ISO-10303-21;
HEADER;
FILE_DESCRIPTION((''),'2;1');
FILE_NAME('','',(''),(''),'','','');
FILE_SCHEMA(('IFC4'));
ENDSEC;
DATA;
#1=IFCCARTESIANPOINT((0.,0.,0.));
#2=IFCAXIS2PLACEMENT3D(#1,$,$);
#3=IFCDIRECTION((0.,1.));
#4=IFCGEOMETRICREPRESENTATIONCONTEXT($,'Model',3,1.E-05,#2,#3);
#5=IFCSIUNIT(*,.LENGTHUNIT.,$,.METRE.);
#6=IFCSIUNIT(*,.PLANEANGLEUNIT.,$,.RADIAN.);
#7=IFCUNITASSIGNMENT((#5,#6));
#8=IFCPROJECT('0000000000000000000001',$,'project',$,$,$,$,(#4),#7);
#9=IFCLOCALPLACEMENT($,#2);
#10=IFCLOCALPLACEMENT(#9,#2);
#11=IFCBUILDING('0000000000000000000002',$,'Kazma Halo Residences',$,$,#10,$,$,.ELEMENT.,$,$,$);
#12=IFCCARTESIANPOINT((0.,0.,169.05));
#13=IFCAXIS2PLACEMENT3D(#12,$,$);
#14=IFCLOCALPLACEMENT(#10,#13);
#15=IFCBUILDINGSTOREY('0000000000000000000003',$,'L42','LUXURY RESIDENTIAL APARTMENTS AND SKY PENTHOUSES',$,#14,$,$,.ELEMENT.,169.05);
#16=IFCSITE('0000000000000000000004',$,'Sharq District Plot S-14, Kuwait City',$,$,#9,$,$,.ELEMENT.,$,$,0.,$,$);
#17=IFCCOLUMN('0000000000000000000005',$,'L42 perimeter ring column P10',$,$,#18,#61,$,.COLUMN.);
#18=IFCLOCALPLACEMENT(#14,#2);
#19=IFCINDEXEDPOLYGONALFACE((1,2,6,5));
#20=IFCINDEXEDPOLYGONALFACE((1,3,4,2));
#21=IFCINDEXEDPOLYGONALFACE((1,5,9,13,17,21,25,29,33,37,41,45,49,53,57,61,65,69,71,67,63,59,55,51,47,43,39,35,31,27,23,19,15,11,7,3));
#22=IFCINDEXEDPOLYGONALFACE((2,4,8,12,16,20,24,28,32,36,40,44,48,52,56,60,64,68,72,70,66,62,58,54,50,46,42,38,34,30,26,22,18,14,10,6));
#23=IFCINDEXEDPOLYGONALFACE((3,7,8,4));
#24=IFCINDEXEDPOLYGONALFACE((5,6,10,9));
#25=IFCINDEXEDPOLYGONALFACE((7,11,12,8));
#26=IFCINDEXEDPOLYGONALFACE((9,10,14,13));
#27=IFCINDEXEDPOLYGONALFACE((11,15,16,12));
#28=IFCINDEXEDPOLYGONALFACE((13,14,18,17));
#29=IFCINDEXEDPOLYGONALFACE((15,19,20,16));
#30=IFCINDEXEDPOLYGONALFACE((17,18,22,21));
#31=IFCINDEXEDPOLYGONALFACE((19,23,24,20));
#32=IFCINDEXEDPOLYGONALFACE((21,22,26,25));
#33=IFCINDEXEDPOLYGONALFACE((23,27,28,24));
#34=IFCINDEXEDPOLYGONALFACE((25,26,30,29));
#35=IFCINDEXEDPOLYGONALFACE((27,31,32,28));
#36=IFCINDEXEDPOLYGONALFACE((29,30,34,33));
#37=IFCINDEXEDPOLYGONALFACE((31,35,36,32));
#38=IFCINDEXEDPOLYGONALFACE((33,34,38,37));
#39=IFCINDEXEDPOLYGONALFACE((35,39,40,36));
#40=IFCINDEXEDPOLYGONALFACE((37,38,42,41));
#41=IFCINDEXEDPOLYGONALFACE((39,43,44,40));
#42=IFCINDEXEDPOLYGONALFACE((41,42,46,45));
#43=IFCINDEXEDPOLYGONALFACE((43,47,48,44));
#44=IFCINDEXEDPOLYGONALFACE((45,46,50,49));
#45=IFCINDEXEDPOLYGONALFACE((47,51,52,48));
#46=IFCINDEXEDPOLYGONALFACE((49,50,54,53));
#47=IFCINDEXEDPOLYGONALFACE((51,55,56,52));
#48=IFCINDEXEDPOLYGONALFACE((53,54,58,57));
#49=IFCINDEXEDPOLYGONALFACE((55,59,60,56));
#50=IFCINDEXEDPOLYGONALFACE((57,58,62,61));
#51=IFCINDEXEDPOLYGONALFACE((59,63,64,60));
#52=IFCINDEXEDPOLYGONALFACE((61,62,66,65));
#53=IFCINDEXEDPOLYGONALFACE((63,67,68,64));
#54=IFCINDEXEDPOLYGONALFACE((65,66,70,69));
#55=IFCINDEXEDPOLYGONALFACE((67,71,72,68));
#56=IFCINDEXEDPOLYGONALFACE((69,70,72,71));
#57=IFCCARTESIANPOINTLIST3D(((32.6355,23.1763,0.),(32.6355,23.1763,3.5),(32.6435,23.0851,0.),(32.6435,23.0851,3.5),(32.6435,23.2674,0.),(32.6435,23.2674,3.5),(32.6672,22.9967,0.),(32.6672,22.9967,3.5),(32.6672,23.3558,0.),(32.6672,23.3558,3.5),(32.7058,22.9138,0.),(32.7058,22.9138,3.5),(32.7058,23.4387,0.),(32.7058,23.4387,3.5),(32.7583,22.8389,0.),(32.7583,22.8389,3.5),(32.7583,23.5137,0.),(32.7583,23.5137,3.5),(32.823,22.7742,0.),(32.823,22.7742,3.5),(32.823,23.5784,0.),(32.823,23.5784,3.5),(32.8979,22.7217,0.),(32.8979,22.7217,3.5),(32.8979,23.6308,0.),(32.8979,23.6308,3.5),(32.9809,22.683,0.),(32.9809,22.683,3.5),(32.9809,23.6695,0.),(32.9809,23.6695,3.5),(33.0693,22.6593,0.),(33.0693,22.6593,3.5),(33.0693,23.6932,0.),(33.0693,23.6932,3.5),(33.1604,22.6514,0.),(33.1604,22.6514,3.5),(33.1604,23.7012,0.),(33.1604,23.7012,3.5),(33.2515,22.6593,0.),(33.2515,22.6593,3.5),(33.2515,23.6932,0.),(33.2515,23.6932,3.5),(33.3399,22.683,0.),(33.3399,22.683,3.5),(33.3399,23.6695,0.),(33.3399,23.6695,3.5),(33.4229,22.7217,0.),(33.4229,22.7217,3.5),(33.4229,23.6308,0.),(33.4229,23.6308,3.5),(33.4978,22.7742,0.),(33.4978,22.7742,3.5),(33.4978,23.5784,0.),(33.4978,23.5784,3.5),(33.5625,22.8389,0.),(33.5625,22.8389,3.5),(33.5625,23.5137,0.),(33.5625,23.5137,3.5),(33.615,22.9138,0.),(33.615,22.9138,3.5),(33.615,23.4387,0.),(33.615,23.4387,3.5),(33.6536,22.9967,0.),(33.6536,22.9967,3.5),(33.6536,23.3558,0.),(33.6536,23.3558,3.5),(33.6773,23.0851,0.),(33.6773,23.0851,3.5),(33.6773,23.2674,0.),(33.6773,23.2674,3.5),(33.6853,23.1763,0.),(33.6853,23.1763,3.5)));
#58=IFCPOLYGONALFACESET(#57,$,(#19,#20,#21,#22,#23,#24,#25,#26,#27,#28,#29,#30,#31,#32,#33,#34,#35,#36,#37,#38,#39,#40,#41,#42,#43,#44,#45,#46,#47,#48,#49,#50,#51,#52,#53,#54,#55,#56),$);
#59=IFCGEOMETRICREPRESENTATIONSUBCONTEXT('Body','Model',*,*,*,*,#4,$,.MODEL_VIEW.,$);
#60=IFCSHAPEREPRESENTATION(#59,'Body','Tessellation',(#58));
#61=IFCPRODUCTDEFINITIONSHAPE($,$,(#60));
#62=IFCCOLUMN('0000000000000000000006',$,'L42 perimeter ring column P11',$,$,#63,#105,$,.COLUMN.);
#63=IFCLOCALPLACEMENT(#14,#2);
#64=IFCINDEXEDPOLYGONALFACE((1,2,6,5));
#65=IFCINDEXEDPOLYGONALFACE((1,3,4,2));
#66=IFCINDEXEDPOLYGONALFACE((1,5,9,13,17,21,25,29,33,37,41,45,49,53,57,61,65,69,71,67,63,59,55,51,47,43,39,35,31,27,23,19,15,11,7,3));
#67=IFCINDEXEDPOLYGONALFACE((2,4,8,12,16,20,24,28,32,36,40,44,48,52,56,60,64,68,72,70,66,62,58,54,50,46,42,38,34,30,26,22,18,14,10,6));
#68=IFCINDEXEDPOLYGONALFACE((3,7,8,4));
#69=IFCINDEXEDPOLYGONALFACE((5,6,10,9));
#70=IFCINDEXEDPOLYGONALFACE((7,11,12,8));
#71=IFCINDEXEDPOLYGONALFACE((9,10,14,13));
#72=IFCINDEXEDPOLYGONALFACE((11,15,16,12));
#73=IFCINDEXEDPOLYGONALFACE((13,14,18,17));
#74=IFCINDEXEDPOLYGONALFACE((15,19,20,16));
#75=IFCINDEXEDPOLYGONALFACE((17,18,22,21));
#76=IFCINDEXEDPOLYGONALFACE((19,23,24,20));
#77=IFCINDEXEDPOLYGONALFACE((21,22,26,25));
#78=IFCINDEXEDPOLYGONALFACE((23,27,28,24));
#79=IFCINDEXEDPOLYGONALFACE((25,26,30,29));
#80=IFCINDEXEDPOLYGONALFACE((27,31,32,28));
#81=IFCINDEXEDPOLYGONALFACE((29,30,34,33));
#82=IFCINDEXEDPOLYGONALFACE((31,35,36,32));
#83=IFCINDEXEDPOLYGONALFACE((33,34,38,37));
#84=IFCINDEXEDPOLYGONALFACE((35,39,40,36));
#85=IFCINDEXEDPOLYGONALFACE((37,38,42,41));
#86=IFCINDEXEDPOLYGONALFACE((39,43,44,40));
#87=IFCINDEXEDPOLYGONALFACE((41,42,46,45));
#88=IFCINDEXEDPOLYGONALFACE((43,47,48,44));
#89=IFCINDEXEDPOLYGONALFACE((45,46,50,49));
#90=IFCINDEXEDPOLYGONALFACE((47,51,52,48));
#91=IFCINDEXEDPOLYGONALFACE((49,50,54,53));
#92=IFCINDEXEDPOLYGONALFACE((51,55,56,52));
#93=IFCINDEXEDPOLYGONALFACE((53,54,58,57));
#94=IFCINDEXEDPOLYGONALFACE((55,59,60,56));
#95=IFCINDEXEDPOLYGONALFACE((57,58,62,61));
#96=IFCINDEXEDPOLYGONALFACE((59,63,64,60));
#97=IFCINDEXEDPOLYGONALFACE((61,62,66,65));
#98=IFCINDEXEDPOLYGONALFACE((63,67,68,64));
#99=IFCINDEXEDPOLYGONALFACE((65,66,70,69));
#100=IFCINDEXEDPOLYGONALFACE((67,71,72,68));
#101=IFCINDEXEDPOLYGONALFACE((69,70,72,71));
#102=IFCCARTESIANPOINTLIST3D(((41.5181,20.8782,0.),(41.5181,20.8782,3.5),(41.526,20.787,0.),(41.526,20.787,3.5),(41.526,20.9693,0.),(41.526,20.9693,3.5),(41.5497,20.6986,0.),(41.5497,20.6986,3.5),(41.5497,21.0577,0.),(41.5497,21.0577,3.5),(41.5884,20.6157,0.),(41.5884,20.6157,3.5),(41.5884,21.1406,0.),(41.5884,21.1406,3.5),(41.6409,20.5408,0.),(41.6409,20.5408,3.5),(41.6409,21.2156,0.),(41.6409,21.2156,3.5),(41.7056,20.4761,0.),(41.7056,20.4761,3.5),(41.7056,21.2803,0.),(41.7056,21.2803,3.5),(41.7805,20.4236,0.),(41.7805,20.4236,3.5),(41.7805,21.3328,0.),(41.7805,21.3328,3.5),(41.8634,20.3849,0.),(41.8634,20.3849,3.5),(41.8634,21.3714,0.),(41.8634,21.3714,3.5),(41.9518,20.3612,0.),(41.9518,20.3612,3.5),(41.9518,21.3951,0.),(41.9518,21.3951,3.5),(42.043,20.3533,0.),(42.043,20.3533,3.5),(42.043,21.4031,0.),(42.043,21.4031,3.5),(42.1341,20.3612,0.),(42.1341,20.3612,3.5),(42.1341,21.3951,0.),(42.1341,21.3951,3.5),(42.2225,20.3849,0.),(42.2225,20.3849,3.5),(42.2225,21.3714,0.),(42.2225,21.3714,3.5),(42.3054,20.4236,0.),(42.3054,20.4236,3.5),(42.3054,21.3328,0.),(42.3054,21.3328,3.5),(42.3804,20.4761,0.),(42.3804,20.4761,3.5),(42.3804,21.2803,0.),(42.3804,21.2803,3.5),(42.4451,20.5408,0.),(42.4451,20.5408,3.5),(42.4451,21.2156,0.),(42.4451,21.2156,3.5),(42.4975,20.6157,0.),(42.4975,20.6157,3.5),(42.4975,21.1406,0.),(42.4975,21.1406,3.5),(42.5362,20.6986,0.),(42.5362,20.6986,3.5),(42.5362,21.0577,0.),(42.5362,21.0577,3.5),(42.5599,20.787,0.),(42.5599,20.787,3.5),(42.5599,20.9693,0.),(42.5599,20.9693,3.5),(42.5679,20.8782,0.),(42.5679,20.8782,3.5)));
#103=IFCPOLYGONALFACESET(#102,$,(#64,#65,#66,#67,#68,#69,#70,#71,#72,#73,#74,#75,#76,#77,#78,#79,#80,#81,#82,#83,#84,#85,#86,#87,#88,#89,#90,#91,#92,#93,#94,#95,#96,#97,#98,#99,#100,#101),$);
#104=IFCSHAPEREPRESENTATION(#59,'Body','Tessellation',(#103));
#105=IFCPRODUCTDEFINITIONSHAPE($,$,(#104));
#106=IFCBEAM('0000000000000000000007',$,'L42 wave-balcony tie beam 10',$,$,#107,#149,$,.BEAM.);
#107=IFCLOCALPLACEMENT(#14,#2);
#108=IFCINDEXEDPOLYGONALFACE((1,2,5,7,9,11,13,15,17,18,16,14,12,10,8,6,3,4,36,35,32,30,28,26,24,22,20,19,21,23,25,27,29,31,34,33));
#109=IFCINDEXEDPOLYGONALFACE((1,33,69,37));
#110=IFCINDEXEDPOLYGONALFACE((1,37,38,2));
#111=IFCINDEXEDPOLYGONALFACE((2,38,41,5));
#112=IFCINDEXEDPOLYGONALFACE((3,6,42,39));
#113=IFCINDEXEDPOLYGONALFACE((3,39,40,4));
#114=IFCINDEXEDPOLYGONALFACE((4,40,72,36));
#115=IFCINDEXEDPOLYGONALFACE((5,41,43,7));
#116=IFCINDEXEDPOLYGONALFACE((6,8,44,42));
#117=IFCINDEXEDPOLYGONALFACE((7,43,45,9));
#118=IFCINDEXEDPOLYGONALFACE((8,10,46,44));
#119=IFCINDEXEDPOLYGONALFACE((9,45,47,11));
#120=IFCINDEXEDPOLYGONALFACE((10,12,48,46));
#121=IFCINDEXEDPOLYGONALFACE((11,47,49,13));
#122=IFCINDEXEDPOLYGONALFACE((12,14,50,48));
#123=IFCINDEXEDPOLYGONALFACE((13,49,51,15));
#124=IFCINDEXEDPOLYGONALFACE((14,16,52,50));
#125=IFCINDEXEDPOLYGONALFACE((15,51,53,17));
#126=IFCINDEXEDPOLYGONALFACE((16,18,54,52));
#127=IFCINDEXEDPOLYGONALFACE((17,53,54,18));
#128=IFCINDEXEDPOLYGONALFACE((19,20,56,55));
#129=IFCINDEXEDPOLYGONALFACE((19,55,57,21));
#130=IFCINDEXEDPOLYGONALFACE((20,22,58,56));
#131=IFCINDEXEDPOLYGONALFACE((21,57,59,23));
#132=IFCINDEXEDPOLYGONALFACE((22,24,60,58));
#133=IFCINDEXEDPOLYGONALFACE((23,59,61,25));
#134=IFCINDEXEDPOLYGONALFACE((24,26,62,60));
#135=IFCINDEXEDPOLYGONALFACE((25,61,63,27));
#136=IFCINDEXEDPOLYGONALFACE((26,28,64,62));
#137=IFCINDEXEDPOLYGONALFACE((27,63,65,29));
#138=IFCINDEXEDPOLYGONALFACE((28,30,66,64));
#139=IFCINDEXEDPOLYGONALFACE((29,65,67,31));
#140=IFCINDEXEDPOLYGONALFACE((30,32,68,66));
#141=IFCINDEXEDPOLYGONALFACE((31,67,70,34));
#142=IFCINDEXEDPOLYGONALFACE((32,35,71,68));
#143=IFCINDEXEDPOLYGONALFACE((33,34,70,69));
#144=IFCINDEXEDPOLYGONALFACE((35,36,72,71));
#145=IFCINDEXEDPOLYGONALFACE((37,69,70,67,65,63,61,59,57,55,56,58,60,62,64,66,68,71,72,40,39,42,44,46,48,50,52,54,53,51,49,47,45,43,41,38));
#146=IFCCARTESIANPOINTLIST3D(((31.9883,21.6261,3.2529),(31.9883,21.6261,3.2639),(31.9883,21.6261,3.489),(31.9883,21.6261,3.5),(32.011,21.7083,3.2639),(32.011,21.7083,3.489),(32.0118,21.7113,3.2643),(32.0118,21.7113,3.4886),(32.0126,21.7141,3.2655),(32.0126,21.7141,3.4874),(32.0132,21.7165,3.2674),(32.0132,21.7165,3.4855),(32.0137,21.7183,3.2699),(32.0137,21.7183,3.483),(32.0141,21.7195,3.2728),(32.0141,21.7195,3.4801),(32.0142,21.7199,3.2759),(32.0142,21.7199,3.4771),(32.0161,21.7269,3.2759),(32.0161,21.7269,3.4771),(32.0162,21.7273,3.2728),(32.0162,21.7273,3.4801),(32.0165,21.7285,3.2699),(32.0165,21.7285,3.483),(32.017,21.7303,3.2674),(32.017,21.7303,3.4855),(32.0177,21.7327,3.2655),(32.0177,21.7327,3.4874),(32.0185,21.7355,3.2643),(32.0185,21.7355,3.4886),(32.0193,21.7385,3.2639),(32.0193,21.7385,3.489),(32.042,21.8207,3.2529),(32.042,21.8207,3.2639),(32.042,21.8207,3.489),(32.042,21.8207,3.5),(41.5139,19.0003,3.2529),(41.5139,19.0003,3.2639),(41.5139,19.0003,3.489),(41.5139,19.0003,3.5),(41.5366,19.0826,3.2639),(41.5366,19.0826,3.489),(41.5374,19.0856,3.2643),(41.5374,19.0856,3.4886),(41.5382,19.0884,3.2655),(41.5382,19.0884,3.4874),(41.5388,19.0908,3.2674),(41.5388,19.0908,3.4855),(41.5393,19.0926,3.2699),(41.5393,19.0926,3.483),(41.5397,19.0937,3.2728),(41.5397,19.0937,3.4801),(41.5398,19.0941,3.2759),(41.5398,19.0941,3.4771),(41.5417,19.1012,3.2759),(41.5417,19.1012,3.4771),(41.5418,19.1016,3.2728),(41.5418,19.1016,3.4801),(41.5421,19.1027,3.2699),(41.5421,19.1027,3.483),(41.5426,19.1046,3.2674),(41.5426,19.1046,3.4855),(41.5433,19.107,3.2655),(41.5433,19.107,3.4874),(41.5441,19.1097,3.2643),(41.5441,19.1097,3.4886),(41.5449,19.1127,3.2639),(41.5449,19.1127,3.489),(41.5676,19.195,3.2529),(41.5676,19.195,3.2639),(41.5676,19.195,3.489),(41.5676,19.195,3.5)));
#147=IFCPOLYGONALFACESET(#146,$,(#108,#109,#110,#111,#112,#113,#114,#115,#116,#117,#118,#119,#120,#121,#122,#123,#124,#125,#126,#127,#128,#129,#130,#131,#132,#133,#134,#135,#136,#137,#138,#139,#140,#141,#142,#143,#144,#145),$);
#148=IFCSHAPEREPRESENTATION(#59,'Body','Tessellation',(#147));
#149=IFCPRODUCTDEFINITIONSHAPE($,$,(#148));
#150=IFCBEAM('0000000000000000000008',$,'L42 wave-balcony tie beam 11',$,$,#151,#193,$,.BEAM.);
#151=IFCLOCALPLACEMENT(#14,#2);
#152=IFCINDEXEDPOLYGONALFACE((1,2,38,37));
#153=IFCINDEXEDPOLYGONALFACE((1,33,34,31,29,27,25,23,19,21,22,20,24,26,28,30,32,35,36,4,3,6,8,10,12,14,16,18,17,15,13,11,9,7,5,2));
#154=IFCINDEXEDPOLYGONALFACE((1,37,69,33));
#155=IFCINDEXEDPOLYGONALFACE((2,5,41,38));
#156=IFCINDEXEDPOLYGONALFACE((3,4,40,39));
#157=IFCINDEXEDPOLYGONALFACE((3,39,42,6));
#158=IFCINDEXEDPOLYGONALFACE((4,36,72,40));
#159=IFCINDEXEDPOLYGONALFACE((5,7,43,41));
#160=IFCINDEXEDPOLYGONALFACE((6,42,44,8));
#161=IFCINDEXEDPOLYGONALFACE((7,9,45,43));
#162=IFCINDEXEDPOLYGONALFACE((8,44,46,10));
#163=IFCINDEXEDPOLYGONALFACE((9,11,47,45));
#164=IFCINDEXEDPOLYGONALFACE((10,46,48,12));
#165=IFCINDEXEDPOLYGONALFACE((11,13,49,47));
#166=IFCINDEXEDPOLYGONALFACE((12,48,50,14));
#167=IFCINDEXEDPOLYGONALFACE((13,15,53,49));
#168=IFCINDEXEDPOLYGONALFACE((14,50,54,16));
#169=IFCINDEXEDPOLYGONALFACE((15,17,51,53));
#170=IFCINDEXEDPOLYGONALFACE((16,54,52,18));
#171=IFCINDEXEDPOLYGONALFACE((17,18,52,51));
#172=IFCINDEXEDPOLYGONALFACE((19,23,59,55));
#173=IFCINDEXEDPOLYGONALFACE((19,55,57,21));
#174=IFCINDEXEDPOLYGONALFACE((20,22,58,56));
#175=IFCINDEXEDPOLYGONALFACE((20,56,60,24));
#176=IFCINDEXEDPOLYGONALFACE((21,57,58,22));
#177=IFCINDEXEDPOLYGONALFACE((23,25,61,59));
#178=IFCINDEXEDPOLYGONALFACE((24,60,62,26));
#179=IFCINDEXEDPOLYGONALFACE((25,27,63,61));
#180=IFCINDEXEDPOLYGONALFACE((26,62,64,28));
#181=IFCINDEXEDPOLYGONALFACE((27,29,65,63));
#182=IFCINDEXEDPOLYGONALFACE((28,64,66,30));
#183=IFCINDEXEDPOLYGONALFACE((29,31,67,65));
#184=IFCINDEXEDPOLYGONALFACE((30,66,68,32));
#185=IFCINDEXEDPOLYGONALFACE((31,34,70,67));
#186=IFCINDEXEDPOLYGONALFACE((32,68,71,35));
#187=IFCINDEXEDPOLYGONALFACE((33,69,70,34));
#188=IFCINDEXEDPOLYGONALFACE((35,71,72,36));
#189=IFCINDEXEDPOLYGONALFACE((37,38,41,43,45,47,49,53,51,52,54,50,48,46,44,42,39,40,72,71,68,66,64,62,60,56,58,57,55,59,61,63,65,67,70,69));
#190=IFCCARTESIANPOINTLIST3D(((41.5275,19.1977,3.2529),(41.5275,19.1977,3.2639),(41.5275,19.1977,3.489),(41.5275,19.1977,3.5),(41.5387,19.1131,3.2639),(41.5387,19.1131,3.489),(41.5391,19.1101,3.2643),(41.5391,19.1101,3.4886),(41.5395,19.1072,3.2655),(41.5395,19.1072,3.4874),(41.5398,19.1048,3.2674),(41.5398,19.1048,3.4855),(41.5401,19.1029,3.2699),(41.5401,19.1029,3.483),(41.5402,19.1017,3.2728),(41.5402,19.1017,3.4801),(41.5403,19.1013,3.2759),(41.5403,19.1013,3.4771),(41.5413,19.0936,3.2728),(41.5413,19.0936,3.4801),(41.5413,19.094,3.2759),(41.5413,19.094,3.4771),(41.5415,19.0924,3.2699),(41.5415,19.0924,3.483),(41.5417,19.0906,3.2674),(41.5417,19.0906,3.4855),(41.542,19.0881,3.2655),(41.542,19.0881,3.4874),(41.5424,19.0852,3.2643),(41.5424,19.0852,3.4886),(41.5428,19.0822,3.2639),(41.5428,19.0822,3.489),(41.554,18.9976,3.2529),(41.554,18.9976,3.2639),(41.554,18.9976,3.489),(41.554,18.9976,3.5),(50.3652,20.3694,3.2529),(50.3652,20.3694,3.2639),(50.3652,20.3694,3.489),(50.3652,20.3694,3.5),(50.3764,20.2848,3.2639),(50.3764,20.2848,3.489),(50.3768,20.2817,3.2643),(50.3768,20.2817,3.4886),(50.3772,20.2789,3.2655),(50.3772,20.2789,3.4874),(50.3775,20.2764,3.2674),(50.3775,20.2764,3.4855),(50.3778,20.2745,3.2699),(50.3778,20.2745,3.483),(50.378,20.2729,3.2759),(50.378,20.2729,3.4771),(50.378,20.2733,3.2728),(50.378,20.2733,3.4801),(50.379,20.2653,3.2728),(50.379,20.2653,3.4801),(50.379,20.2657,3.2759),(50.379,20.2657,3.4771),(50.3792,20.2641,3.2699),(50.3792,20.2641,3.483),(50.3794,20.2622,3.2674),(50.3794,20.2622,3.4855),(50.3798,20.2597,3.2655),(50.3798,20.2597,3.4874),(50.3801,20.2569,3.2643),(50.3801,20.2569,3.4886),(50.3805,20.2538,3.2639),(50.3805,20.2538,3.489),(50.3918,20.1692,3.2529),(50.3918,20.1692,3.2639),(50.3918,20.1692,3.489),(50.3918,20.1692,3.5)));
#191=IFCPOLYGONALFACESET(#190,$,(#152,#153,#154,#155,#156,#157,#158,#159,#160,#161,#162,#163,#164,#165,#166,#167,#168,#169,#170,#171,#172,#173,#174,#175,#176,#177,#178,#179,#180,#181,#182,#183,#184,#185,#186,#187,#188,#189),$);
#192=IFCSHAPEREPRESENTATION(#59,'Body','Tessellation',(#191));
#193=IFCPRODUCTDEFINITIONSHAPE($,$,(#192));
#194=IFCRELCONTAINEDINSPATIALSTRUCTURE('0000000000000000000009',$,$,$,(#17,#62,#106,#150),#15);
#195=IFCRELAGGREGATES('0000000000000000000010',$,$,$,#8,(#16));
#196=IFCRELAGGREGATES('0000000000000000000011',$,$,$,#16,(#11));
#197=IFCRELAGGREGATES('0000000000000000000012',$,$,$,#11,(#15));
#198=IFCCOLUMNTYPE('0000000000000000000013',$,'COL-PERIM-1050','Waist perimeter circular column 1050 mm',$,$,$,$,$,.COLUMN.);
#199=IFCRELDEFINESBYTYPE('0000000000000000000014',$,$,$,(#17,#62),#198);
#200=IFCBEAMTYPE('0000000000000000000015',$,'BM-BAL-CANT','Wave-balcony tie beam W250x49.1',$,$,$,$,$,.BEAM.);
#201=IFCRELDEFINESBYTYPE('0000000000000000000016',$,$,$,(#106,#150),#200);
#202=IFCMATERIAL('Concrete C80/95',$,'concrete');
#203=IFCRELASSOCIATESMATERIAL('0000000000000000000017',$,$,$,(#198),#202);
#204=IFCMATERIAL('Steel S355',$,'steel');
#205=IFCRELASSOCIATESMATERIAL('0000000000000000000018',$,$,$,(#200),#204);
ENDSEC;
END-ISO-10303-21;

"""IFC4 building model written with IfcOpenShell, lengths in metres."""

from ifc_helpers import new_model, si_unit, direction, frame, origin, origin_2d, place, context, subcontext, project, spatial, circle, i_section, extrude, material, material_profile, profile_set, type_object, element, save


model = new_model("IFC4")

# Units and contexts
model_context = context("Model", 3, precision=1e-05, world=origin(), true_north=direction((0.0, 1.0)))
body_context = subcontext(model_context, "Body", "Model", "MODEL_VIEW")
ifc_project = project(units=[si_unit("LENGTHUNIT", "METRE"), si_unit("PLANEANGLEUNIT", "RADIAN")], contexts=[model_context])

# Site, building, storey
site_placement = place(None, origin())
site = spatial("IfcSite", under=ifc_project, at=site_placement, Name="Sharq District Plot S-14, Kuwait City", CompositionType="ELEMENT", RefElevation=0.0)
building_placement = place(site_placement, origin())
building = spatial("IfcBuilding", under=site, at=building_placement, Name="Kazma Halo Residences", CompositionType="ELEMENT")
storey_placement = place(building_placement, frame((0.0, 0.0, 169.05)))
storey = spatial("IfcBuildingStorey", under=building, at=storey_placement, Name="L42", Description="LUXURY RESIDENTIAL APARTMENTS AND SKY PENTHOUSES", CompositionType="ELEMENT", Elevation=169.05)

# Columns
ifc_material_1 = material(Name="Concrete C80/95", Category="concrete")
ifc_material_profile_1 = material_profile(ifc_material_1, circle(Radius=0.5249, at=origin_2d()), Name="CIRC1050")
ifc_profile_set_1 = profile_set([ifc_material_profile_1], Name="Concrete C80/95")
column_type = type_object("IfcColumnType", Name="COL-PERIM-1050", Description="Waist perimeter circular column 1050 mm", PredefinedType="COLUMN", material=ifc_profile_set_1)
for number, where, z_axis, x_axis, name in (
    (1, (33.1604, 23.1763, 0.0), (0.0, 0.0, 1.0), (1.0, 0.0, 0.0), "L42 perimeter ring column P10"),
    (2, (42.043, 20.8782, 0.0), (0.0, 0.0, 1.0), (1.0, 0.0, 0.0), "L42 perimeter ring column P11"),
):
    element("IfcColumn", number, at=place(storey_placement, frame(where, z_axis=z_axis, x_axis=x_axis)), inside=storey, type_object=column_type, Name=name, PredefinedType="COLUMN", context=body_context, shape_type="SweptSolid", body=[
        extrude(circle(Radius=0.5249, at=origin_2d()), origin(), (0.0, 0.0, 1.0), 3.5),
    ])

# Beams
ifc_material_2 = material(Name="Steel S355", Category="steel")
ifc_material_profile_2 = material_profile(ifc_material_2, i_section(OverallWidth=0.2019, OverallDepth=0.2471, WebThickness=0.0073, FlangeThickness=0.011, FilletRadius=0.012, at=origin_2d()), Name="W250x49.1")
ifc_profile_set_2 = profile_set([ifc_material_profile_2], Name="Steel S355")
beam_type_1 = type_object("IfcBeamType", Name="BM-BAL-CANT", Description="Wave-balcony tie beam W250x49.1", PredefinedType="BEAM", material=ifc_profile_set_2)
beam_1_placement = place(storey_placement, frame((32.0151, 21.7234, 3.3765), z_axis=(0.964045, -0.265738, 0.0), x_axis=(0.265738, 0.964045, 0.0)))
element("IfcBeam", 3, at=beam_1_placement, inside=storey, type_object=beam_type_1, Name="L42 wave-balcony tie beam 10", PredefinedType="BEAM", context=body_context, shape_type="SweptSolid", body=[
    extrude(i_section(OverallWidth=0.2019, OverallDepth=0.2471, WebThickness=0.0073, FlangeThickness=0.011, FilletRadius=0.012, at=origin_2d()), origin(), (0.0, 0.0, 1.0), 9.8809),
])
beam_2_placement = place(storey_placement, frame((41.5408, 19.0977, 3.3765), z_axis=(0.991326, 0.131423, 0.0), x_axis=(-0.131423, 0.991326, 0.0)))
element("IfcBeam", 4, at=beam_2_placement, inside=storey, type_object=beam_type_1, Name="L42 wave-balcony tie beam 11", PredefinedType="BEAM", context=body_context, shape_type="SweptSolid", body=[
    extrude(i_section(OverallWidth=0.2019, OverallDepth=0.2471, WebThickness=0.0073, FlangeThickness=0.011, FilletRadius=0.012, at=origin_2d()), origin(), (0.0, 0.0, 1.0), 8.915),
])

save(model, "model.ifc")
